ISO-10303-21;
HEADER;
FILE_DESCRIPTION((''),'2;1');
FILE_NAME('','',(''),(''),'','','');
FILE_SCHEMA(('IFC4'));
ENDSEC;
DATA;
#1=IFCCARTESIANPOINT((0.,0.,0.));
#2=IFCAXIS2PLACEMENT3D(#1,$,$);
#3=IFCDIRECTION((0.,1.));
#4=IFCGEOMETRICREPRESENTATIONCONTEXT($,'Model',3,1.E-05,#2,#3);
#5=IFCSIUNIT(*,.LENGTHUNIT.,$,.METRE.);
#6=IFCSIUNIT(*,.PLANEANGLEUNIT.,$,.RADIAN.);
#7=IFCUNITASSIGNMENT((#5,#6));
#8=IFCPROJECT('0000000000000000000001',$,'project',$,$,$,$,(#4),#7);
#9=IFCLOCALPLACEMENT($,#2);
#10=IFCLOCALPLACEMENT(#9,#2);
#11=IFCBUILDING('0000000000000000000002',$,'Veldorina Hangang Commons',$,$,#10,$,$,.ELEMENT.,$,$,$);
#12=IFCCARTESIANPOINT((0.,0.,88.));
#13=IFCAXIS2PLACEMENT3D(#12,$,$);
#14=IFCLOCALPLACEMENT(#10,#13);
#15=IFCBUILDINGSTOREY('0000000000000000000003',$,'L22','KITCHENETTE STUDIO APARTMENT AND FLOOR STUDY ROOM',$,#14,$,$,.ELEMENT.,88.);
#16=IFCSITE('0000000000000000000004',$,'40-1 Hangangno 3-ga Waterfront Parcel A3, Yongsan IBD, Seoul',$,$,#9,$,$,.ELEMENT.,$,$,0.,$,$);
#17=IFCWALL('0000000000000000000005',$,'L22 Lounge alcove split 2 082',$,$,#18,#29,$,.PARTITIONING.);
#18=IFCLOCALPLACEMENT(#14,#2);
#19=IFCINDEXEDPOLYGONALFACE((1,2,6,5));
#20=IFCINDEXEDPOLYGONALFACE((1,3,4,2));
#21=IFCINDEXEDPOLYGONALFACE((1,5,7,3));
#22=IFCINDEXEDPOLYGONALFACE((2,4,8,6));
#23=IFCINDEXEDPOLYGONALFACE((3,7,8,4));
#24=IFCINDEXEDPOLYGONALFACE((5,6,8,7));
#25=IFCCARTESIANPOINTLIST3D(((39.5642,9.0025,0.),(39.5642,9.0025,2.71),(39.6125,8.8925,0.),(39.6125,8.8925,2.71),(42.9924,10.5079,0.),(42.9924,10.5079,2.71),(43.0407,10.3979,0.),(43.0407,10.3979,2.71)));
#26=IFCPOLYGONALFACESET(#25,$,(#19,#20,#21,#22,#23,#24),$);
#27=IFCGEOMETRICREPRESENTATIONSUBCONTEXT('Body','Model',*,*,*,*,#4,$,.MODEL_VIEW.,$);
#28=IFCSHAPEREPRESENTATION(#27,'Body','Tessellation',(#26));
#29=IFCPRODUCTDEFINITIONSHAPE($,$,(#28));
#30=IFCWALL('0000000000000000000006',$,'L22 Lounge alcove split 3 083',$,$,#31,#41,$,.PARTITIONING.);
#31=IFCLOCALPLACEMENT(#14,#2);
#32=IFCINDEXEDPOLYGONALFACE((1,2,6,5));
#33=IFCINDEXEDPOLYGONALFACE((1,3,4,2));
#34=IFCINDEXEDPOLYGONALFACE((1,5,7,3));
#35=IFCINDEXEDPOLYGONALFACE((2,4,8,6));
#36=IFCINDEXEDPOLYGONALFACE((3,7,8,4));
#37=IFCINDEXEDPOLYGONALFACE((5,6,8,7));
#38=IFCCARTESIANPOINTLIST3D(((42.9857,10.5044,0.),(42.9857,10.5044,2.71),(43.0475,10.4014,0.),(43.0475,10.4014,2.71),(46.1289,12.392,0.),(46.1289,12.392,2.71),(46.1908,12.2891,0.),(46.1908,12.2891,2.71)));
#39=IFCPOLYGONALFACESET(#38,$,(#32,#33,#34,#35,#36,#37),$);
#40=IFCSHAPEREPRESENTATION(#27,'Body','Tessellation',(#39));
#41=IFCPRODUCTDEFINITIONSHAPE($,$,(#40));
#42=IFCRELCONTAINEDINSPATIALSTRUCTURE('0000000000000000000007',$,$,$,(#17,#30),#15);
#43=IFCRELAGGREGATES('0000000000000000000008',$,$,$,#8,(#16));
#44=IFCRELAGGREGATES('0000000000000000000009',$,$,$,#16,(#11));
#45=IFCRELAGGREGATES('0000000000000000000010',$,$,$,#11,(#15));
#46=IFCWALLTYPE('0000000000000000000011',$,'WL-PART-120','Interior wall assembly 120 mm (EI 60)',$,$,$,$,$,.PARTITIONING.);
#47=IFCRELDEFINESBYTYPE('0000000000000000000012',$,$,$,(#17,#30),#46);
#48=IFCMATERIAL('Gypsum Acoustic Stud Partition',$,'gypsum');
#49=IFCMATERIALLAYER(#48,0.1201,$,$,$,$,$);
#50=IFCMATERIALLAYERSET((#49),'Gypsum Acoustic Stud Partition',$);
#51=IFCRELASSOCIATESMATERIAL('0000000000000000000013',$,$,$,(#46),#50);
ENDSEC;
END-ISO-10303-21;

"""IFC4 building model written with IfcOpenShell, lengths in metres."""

from ifc_helpers import new_model, si_unit, direction, frame, frame_2d, origin, place, context, subcontext, project, spatial, rectangle, extrude, material, layer, layer_set, type_object, element, save


model = new_model("IFC4")

# Units and contexts
model_context = context("Model", 3, precision=1e-05, world=origin(), true_north=direction((0.0, 1.0)))
body_context = subcontext(model_context, "Body", "Model", "MODEL_VIEW")
ifc_project = project(units=[si_unit("LENGTHUNIT", "METRE"), si_unit("PLANEANGLEUNIT", "RADIAN")], contexts=[model_context])

# Site, building, storey
site_placement = place(None, origin())
site = spatial("IfcSite", under=ifc_project, at=site_placement, Name="40-1 Hangangno 3-ga Waterfront Parcel A3, Yongsan IBD, Seoul", CompositionType="ELEMENT", RefElevation=0.0)
building_placement = place(site_placement, origin())
building = spatial("IfcBuilding", under=site, at=building_placement, Name="Veldorina Hangang Commons", CompositionType="ELEMENT")
storey_placement = place(building_placement, frame((0.0, 0.0, 88.0)))
storey = spatial("IfcBuildingStorey", under=building, at=storey_placement, Name="L22", Description="KITCHENETTE STUDIO APARTMENT AND FLOOR STUDY ROOM", CompositionType="ELEMENT", Elevation=88.0)

# Shared definitions
ifc_material_1 = material(Name="Gypsum Acoustic Stud Partition", Category="gypsum")
ifc_layer_1 = layer(ifc_material_1, 0.1201)
ifc_layer_set_1 = layer_set([ifc_layer_1], Name="Gypsum Acoustic Stud Partition")
wall_type_1 = type_object("IfcWallType", Name="WL-PART-120", Description="Interior wall assembly 120 mm (EI 60)", PredefinedType="PARTITIONING", material=ifc_layer_set_1)

# Walls
wall_1_placement = place(storey_placement, frame((39.5884, 8.9475, 0.0), z_axis=(0.0, 0.0, 1.0), x_axis=(0.915615, 0.402057, 0.0)))
element("IfcWall", 1, at=wall_1_placement, inside=storey, type_object=wall_type_1, Name="L22 Lounge alcove split 2 082", PredefinedType="PARTITIONING", context=body_context, shape_type="SweptSolid", body=[
    extrude(rectangle(XDim=3.7441, YDim=0.1201, at=frame_2d((1.8721, 0.0))), origin(), (0.0, 0.0, 1.0), 2.71),
])
wall_2_placement = place(storey_placement, frame((43.0166, 10.4529, 0.0), z_axis=(0.0, 0.0, 1.0), x_axis=(0.857287, 0.514838, 0.0)))
element("IfcWall", 2, at=wall_2_placement, inside=storey, type_object=wall_type_1, Name="L22 Lounge alcove split 3 083", PredefinedType="PARTITIONING", context=body_context, shape_type="SweptSolid", body=[
    extrude(rectangle(XDim=3.6665, YDim=0.1201, at=frame_2d((1.8333, 0.0))), origin(), (0.0, 0.0, 1.0), 2.71),
])

save(model, "model.ifc")
